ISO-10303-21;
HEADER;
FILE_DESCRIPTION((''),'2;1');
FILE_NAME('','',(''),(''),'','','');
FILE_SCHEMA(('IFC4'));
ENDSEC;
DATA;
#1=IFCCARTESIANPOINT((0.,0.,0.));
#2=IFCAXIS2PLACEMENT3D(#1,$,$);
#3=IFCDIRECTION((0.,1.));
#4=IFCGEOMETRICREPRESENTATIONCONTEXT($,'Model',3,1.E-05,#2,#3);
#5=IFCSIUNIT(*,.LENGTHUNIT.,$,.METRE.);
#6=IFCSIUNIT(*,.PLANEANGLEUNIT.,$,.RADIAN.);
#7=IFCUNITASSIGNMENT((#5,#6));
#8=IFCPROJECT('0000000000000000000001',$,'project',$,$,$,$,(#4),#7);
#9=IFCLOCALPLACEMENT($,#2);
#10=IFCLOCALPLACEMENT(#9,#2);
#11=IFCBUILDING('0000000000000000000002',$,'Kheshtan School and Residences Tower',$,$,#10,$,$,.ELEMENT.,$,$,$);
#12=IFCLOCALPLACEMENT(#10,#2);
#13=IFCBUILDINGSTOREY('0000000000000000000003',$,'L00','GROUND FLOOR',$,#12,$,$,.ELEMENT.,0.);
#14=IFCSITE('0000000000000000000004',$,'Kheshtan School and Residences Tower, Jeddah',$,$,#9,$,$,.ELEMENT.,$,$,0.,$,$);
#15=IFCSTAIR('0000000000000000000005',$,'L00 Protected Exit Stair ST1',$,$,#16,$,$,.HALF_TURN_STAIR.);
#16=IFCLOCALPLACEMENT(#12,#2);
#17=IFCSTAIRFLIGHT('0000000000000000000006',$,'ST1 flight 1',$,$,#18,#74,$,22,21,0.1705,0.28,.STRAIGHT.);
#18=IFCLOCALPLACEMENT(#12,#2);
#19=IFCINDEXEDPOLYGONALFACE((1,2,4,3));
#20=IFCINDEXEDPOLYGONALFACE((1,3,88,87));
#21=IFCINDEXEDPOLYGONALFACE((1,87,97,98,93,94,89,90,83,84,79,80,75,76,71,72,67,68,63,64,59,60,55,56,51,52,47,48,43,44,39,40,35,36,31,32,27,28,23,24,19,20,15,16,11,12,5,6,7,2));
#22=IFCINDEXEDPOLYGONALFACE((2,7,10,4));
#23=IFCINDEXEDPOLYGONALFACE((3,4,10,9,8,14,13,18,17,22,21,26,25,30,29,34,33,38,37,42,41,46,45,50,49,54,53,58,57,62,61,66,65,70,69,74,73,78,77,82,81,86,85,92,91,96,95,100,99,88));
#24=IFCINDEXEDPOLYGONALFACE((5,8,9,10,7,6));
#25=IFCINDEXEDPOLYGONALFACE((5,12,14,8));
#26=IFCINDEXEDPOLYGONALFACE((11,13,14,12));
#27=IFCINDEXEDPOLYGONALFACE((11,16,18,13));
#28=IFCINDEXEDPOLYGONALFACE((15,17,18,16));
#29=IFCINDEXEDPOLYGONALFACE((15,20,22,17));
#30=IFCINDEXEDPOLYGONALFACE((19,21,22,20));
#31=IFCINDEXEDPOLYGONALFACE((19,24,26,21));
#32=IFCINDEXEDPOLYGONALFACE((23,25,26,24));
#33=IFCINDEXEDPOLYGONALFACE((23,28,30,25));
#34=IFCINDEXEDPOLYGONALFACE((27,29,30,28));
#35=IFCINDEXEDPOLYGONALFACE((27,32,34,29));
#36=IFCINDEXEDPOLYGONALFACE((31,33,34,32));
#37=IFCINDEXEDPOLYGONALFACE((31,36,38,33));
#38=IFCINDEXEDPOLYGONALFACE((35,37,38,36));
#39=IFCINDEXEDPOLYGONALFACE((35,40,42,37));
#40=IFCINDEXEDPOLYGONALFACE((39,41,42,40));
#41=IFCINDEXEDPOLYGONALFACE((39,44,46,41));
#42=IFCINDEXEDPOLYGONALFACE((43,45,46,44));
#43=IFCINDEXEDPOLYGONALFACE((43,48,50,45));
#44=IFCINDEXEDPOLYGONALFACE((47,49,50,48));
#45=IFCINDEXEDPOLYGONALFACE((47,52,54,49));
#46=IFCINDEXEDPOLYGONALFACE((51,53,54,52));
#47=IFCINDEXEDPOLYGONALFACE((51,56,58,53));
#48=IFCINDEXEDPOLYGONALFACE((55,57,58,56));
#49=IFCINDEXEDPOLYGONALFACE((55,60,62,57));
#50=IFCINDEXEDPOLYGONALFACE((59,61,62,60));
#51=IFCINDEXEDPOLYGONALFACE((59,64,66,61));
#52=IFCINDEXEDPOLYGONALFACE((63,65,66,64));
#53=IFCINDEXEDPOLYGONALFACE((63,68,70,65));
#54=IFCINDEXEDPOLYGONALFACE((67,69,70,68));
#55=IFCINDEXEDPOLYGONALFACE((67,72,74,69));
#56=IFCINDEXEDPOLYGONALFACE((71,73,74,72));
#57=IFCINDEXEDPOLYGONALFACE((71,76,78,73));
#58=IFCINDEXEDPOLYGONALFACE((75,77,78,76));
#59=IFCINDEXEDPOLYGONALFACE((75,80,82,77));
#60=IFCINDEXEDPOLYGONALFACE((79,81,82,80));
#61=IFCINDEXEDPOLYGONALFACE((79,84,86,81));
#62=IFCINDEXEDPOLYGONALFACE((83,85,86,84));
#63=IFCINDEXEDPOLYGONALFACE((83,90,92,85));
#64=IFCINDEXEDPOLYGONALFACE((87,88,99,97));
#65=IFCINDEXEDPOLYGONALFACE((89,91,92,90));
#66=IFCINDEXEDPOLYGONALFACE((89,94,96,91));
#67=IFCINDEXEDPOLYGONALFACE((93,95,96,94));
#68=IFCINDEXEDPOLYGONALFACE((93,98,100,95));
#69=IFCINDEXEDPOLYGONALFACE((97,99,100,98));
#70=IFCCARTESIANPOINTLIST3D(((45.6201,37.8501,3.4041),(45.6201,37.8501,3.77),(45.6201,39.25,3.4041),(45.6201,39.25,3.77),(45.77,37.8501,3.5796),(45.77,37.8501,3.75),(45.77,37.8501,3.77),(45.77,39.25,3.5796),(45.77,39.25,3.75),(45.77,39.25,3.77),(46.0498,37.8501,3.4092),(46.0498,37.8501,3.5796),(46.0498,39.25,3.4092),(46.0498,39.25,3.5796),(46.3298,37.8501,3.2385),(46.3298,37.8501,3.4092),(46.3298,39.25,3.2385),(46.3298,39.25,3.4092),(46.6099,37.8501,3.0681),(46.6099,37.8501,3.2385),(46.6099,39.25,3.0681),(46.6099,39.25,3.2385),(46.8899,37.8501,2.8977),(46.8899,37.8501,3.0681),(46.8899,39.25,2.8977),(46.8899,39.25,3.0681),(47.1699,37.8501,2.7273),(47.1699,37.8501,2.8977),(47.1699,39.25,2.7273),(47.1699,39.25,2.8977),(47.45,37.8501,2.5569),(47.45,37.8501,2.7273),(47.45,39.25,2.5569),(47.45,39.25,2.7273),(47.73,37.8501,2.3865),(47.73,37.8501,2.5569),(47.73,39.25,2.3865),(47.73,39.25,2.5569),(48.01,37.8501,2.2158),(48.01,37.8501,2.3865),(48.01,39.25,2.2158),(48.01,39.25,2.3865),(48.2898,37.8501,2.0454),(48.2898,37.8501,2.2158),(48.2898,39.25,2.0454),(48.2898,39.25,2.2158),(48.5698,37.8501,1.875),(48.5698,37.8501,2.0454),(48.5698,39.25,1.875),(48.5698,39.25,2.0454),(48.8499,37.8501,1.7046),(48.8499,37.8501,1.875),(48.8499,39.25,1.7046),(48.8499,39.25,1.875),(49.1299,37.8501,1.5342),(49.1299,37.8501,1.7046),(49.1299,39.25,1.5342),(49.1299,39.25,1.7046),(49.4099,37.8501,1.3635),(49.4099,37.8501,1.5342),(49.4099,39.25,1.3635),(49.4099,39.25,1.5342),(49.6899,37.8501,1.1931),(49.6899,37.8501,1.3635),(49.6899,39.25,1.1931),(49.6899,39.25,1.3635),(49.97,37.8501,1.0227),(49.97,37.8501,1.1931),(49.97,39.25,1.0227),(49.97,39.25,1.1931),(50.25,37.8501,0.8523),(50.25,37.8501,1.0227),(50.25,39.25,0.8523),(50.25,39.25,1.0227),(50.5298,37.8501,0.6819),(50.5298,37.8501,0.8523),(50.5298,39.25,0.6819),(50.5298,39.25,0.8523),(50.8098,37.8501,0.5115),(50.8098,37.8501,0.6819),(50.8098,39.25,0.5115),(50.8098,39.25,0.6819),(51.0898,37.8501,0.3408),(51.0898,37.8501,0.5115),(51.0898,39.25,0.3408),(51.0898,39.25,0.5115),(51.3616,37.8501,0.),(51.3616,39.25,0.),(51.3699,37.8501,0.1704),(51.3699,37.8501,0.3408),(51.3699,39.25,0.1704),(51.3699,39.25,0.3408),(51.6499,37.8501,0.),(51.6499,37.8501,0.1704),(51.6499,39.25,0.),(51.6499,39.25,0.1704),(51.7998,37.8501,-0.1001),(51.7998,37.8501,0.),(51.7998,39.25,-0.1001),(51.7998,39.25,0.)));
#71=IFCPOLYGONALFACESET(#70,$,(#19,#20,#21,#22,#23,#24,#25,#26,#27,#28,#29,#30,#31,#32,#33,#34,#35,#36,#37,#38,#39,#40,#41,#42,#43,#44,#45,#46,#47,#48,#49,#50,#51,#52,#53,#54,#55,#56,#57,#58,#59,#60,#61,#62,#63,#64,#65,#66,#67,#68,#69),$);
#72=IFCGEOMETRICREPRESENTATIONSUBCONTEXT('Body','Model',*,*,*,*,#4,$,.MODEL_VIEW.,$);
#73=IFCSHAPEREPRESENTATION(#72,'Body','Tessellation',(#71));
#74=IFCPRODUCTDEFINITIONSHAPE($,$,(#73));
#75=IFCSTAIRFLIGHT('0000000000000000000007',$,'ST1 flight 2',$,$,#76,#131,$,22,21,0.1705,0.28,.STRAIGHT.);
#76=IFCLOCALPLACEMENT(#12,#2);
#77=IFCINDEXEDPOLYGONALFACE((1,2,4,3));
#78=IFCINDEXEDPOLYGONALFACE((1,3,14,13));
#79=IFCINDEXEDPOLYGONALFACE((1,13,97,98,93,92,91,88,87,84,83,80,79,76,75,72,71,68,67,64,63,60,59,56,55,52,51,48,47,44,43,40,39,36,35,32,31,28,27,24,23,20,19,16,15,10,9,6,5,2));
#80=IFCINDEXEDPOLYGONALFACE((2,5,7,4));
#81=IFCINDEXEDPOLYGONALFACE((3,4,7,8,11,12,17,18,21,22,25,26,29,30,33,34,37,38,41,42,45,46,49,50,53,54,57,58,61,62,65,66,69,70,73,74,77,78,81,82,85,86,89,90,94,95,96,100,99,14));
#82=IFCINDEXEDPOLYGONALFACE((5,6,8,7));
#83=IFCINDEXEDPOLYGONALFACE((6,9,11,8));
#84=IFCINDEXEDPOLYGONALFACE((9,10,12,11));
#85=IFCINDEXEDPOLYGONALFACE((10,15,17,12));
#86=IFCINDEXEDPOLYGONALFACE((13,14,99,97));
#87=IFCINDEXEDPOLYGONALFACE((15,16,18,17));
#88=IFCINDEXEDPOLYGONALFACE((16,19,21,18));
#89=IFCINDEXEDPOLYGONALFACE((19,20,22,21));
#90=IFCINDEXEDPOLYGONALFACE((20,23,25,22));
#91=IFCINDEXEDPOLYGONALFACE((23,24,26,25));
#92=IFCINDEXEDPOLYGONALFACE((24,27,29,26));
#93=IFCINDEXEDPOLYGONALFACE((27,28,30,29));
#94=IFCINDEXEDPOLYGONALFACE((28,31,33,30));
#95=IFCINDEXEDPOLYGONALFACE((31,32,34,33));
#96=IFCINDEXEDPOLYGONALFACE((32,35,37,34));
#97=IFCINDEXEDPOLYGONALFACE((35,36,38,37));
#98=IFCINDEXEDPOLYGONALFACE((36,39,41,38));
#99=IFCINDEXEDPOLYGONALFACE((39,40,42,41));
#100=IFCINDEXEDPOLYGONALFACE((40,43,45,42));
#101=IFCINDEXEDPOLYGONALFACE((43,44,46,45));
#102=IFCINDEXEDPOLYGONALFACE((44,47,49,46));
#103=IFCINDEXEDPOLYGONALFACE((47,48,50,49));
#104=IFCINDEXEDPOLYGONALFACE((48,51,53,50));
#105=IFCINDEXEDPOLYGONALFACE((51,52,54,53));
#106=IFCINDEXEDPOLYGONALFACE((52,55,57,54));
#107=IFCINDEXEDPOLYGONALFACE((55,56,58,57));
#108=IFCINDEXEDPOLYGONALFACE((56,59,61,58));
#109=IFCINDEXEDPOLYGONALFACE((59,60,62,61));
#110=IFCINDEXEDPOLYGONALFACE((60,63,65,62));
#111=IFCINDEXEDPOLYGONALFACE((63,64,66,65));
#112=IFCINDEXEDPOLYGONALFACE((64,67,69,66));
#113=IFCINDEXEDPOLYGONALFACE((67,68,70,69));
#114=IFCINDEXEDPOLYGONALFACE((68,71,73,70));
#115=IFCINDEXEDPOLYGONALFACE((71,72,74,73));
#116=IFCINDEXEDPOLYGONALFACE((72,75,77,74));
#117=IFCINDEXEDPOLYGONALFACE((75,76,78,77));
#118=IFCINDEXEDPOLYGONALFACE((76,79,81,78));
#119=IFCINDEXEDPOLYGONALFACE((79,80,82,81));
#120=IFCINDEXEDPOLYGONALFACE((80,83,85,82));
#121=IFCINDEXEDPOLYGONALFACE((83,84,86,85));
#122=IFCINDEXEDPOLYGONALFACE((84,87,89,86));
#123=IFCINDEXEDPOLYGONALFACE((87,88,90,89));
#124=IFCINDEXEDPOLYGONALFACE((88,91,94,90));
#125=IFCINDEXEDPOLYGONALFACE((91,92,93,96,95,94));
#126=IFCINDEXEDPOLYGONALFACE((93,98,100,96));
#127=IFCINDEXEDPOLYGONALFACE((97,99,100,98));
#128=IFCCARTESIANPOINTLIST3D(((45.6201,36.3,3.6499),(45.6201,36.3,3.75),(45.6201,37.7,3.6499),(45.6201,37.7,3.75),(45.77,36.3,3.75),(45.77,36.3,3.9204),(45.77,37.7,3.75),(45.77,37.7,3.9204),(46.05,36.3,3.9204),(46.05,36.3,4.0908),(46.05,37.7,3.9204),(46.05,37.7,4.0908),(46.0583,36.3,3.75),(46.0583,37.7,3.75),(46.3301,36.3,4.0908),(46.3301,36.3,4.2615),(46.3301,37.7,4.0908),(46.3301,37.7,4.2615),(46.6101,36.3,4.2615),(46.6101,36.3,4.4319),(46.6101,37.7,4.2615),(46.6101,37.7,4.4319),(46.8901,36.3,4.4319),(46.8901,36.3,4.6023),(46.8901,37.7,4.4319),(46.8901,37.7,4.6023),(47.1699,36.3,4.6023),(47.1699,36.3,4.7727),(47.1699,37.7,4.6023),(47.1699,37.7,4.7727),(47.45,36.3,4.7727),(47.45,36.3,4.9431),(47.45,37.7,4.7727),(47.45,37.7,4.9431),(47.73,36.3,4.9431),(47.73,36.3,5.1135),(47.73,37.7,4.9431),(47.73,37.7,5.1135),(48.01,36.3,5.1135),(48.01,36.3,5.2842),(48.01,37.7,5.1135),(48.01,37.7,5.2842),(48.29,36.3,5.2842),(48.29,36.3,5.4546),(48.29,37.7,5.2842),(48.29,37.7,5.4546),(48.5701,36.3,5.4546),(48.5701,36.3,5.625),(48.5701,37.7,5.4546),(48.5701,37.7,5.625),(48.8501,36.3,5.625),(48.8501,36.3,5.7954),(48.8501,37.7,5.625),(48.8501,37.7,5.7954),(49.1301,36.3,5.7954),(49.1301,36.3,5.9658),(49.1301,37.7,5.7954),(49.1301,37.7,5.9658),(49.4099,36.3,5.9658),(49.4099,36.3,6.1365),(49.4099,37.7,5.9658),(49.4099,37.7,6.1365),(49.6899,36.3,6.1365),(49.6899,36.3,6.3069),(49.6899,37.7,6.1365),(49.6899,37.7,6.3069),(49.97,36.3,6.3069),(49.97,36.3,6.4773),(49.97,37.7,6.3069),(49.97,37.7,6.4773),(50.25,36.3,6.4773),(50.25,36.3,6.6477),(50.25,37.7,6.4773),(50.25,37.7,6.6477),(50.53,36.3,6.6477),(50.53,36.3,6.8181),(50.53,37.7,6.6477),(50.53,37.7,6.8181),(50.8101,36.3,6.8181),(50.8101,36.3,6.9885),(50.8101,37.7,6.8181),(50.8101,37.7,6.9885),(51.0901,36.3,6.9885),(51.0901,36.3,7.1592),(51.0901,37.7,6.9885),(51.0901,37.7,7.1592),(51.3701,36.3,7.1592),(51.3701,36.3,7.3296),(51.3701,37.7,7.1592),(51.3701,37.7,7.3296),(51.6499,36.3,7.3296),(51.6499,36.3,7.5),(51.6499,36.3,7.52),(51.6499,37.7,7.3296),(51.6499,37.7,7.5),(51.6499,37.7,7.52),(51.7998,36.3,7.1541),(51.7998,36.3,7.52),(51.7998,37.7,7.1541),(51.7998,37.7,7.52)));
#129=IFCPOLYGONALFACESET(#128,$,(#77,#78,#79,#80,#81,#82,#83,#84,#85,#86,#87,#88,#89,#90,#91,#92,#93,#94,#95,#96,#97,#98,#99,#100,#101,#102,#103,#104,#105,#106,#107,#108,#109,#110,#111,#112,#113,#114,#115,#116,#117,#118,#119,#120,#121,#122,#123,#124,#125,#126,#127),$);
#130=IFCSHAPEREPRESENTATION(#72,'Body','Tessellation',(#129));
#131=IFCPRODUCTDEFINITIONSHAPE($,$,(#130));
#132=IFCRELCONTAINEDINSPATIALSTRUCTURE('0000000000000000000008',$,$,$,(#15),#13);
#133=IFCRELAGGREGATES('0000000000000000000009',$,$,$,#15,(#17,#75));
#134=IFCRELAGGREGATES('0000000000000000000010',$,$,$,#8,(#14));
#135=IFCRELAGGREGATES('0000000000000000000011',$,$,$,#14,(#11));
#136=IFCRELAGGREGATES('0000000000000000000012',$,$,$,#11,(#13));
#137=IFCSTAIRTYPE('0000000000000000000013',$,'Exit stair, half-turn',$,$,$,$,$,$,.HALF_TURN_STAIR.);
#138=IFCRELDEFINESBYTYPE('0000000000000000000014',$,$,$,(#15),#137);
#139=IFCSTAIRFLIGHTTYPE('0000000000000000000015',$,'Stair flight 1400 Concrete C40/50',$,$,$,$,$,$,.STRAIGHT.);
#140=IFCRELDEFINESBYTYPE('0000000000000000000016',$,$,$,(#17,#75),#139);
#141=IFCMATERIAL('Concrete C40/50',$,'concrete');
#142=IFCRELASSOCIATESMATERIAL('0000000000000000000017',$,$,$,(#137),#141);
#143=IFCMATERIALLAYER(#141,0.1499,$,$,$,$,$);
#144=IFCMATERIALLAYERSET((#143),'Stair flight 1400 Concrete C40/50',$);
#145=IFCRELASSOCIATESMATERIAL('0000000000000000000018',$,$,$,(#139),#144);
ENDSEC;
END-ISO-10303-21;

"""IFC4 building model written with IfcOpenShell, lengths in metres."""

from ifc_helpers import new_model, si_unit, direction, frame, origin, place, context, subcontext, project, spatial, polyline, outline, extrude, material, layer, layer_set, type_object, element, aggregate, save


model = new_model("IFC4")

# Units and contexts
model_context = context("Model", 3, precision=1e-05, world=origin(), true_north=direction((0.0, 1.0)))
body_context = subcontext(model_context, "Body", "Model", "MODEL_VIEW")
ifc_project = project(units=[si_unit("LENGTHUNIT", "METRE"), si_unit("PLANEANGLEUNIT", "RADIAN")], contexts=[model_context])

# Site, building, storey
site_placement = place(None, origin())
site = spatial("IfcSite", under=ifc_project, at=site_placement, Name="Kheshtan School and Residences Tower, Jeddah", CompositionType="ELEMENT", RefElevation=0.0)
building_placement = place(site_placement, origin())
building = spatial("IfcBuilding", under=site, at=building_placement, Name="Kheshtan School and Residences Tower", CompositionType="ELEMENT")
storey_placement = place(building_placement, origin())
storey = spatial("IfcBuildingStorey", under=building, at=storey_placement, Name="L00", Description="GROUND FLOOR", CompositionType="ELEMENT", Elevation=0.0)

# Stair, stair flights
ifc_material_1 = material(Name="Concrete C40/50", Category="concrete")
stair_type = type_object("IfcStairType", Name="Exit stair, half-turn", PredefinedType="HALF_TURN_STAIR", material=ifc_material_1)
stair_placement = place(storey_placement, origin())
stair = element("IfcStair", 1, at=stair_placement, inside=storey, type_object=stair_type, Name="L00 Protected Exit Stair ST1", PredefinedType="HALF_TURN_STAIR")
ifc_layer_1 = layer(ifc_material_1, 0.1499)
ifc_layer_set_1 = layer_set([ifc_layer_1], Name="Stair flight 1400 Concrete C40/50")
stair_flight_type = type_object("IfcStairFlightType", Name="Stair flight 1400 Concrete C40/50", PredefinedType="STRAIGHT", material=ifc_layer_set_1)
stair_flight_1_placement = place(storey_placement, frame((51.6499, 38.55, 0.0), z_axis=(0.0, 0.0, 1.0), x_axis=(-1.0, 0.0, 0.0)))
stair_flight_1 = element("IfcStairFlight", 2, at=stair_flight_1_placement, type_object=stair_flight_type, Name="ST1 flight 1", NumberOfRisers=22, NumberOfTreads=21, PredefinedType="STRAIGHT", RiserHeight=0.1705, TreadLength=0.28, context=body_context, shape_type="SweptSolid", body=[
    extrude(outline(polyline([(-0.1499, -0.1001), (-0.1499, 0.0), (0.0, 0.0), (0.0, 0.1704), (0.28, 0.1704), (0.28, 0.3408), (0.5601, 0.3408), (0.5601, 0.5115), (0.8401, 0.5115), (0.8401, 0.6819), (1.1201, 0.6819), (1.1201, 0.8523), (1.3999, 0.8523), (1.3999, 1.0227), (1.6799, 1.0227), (1.6799, 1.1931), (1.96, 1.1931), (1.96, 1.3635), (2.24, 1.3635), (2.24, 1.5342), (2.52, 1.5342), (2.52, 1.7046), (2.8, 1.7046), (2.8, 1.875), (3.0801, 1.875), (3.0801, 2.0454), (3.3601, 2.0454), (3.3601, 2.2158), (3.6399, 2.2158), (3.6399, 2.3865), (3.9199, 2.3865), (3.9199, 2.5569), (4.2, 2.5569), (4.2, 2.7273), (4.48, 2.7273), (4.48, 2.8977), (4.76, 2.8977), (4.76, 3.0681), (5.04, 3.0681), (5.04, 3.2385), (5.3201, 3.2385), (5.3201, 3.4092), (5.6001, 3.4092), (5.6001, 3.5796), (5.8799, 3.5796), (5.8799, 3.75), (5.8799, 3.77), (6.0298, 3.77), (6.0298, 3.4041), (0.2883, 0.0), (-0.1499, -0.1001)])), frame((0.0, 0.7, 0.0), z_axis=(0.0, -1.0, 0.0), x_axis=(1.0, 0.0, 0.0)), (0.0, 0.0, 1.0), 1.3999),
])
stair_flight_2_placement = place(storey_placement, frame((45.77, 37.0, 3.75), z_axis=(0.0, 0.0, 1.0), x_axis=(1.0, 0.0, 0.0)))
stair_flight_2 = element("IfcStairFlight", 3, at=stair_flight_2_placement, type_object=stair_flight_type, Name="ST1 flight 2", NumberOfRisers=22, NumberOfTreads=21, PredefinedType="STRAIGHT", RiserHeight=0.1705, TreadLength=0.28, context=body_context, shape_type="SweptSolid", body=[
    extrude(outline(polyline([(-0.1499, -0.1001), (-0.1499, 0.0), (0.0, 0.0), (0.0, 0.1704), (0.28, 0.1704), (0.28, 0.3408), (0.5601, 0.3408), (0.5601, 0.5115), (0.8401, 0.5115), (0.8401, 0.6819), (1.1201, 0.6819), (1.1201, 0.8523), (1.3999, 0.8523), (1.3999, 1.0227), (1.6799, 1.0227), (1.6799, 1.1931), (1.96, 1.1931), (1.96, 1.3635), (2.24, 1.3635), (2.24, 1.5342), (2.52, 1.5342), (2.52, 1.7046), (2.8, 1.7046), (2.8, 1.875), (3.0801, 1.875), (3.0801, 2.0454), (3.3601, 2.0454), (3.3601, 2.2158), (3.6399, 2.2158), (3.6399, 2.3865), (3.9199, 2.3865), (3.9199, 2.5569), (4.2, 2.5569), (4.2, 2.7273), (4.48, 2.7273), (4.48, 2.8977), (4.76, 2.8977), (4.76, 3.0681), (5.04, 3.0681), (5.04, 3.2385), (5.3201, 3.2385), (5.3201, 3.4092), (5.6001, 3.4092), (5.6001, 3.5796), (5.8799, 3.5796), (5.8799, 3.75), (5.8799, 3.77), (6.0298, 3.77), (6.0298, 3.4041), (0.2883, 0.0), (-0.1499, -0.1001)])), frame((0.0, 0.7, 0.0), z_axis=(0.0, -1.0, 0.0), x_axis=(1.0, 0.0, 0.0)), (0.0, 0.0, 1.0), 1.3999),
])
aggregate(stair, [stair_flight_1, stair_flight_2])

save(model, "model.ifc")
